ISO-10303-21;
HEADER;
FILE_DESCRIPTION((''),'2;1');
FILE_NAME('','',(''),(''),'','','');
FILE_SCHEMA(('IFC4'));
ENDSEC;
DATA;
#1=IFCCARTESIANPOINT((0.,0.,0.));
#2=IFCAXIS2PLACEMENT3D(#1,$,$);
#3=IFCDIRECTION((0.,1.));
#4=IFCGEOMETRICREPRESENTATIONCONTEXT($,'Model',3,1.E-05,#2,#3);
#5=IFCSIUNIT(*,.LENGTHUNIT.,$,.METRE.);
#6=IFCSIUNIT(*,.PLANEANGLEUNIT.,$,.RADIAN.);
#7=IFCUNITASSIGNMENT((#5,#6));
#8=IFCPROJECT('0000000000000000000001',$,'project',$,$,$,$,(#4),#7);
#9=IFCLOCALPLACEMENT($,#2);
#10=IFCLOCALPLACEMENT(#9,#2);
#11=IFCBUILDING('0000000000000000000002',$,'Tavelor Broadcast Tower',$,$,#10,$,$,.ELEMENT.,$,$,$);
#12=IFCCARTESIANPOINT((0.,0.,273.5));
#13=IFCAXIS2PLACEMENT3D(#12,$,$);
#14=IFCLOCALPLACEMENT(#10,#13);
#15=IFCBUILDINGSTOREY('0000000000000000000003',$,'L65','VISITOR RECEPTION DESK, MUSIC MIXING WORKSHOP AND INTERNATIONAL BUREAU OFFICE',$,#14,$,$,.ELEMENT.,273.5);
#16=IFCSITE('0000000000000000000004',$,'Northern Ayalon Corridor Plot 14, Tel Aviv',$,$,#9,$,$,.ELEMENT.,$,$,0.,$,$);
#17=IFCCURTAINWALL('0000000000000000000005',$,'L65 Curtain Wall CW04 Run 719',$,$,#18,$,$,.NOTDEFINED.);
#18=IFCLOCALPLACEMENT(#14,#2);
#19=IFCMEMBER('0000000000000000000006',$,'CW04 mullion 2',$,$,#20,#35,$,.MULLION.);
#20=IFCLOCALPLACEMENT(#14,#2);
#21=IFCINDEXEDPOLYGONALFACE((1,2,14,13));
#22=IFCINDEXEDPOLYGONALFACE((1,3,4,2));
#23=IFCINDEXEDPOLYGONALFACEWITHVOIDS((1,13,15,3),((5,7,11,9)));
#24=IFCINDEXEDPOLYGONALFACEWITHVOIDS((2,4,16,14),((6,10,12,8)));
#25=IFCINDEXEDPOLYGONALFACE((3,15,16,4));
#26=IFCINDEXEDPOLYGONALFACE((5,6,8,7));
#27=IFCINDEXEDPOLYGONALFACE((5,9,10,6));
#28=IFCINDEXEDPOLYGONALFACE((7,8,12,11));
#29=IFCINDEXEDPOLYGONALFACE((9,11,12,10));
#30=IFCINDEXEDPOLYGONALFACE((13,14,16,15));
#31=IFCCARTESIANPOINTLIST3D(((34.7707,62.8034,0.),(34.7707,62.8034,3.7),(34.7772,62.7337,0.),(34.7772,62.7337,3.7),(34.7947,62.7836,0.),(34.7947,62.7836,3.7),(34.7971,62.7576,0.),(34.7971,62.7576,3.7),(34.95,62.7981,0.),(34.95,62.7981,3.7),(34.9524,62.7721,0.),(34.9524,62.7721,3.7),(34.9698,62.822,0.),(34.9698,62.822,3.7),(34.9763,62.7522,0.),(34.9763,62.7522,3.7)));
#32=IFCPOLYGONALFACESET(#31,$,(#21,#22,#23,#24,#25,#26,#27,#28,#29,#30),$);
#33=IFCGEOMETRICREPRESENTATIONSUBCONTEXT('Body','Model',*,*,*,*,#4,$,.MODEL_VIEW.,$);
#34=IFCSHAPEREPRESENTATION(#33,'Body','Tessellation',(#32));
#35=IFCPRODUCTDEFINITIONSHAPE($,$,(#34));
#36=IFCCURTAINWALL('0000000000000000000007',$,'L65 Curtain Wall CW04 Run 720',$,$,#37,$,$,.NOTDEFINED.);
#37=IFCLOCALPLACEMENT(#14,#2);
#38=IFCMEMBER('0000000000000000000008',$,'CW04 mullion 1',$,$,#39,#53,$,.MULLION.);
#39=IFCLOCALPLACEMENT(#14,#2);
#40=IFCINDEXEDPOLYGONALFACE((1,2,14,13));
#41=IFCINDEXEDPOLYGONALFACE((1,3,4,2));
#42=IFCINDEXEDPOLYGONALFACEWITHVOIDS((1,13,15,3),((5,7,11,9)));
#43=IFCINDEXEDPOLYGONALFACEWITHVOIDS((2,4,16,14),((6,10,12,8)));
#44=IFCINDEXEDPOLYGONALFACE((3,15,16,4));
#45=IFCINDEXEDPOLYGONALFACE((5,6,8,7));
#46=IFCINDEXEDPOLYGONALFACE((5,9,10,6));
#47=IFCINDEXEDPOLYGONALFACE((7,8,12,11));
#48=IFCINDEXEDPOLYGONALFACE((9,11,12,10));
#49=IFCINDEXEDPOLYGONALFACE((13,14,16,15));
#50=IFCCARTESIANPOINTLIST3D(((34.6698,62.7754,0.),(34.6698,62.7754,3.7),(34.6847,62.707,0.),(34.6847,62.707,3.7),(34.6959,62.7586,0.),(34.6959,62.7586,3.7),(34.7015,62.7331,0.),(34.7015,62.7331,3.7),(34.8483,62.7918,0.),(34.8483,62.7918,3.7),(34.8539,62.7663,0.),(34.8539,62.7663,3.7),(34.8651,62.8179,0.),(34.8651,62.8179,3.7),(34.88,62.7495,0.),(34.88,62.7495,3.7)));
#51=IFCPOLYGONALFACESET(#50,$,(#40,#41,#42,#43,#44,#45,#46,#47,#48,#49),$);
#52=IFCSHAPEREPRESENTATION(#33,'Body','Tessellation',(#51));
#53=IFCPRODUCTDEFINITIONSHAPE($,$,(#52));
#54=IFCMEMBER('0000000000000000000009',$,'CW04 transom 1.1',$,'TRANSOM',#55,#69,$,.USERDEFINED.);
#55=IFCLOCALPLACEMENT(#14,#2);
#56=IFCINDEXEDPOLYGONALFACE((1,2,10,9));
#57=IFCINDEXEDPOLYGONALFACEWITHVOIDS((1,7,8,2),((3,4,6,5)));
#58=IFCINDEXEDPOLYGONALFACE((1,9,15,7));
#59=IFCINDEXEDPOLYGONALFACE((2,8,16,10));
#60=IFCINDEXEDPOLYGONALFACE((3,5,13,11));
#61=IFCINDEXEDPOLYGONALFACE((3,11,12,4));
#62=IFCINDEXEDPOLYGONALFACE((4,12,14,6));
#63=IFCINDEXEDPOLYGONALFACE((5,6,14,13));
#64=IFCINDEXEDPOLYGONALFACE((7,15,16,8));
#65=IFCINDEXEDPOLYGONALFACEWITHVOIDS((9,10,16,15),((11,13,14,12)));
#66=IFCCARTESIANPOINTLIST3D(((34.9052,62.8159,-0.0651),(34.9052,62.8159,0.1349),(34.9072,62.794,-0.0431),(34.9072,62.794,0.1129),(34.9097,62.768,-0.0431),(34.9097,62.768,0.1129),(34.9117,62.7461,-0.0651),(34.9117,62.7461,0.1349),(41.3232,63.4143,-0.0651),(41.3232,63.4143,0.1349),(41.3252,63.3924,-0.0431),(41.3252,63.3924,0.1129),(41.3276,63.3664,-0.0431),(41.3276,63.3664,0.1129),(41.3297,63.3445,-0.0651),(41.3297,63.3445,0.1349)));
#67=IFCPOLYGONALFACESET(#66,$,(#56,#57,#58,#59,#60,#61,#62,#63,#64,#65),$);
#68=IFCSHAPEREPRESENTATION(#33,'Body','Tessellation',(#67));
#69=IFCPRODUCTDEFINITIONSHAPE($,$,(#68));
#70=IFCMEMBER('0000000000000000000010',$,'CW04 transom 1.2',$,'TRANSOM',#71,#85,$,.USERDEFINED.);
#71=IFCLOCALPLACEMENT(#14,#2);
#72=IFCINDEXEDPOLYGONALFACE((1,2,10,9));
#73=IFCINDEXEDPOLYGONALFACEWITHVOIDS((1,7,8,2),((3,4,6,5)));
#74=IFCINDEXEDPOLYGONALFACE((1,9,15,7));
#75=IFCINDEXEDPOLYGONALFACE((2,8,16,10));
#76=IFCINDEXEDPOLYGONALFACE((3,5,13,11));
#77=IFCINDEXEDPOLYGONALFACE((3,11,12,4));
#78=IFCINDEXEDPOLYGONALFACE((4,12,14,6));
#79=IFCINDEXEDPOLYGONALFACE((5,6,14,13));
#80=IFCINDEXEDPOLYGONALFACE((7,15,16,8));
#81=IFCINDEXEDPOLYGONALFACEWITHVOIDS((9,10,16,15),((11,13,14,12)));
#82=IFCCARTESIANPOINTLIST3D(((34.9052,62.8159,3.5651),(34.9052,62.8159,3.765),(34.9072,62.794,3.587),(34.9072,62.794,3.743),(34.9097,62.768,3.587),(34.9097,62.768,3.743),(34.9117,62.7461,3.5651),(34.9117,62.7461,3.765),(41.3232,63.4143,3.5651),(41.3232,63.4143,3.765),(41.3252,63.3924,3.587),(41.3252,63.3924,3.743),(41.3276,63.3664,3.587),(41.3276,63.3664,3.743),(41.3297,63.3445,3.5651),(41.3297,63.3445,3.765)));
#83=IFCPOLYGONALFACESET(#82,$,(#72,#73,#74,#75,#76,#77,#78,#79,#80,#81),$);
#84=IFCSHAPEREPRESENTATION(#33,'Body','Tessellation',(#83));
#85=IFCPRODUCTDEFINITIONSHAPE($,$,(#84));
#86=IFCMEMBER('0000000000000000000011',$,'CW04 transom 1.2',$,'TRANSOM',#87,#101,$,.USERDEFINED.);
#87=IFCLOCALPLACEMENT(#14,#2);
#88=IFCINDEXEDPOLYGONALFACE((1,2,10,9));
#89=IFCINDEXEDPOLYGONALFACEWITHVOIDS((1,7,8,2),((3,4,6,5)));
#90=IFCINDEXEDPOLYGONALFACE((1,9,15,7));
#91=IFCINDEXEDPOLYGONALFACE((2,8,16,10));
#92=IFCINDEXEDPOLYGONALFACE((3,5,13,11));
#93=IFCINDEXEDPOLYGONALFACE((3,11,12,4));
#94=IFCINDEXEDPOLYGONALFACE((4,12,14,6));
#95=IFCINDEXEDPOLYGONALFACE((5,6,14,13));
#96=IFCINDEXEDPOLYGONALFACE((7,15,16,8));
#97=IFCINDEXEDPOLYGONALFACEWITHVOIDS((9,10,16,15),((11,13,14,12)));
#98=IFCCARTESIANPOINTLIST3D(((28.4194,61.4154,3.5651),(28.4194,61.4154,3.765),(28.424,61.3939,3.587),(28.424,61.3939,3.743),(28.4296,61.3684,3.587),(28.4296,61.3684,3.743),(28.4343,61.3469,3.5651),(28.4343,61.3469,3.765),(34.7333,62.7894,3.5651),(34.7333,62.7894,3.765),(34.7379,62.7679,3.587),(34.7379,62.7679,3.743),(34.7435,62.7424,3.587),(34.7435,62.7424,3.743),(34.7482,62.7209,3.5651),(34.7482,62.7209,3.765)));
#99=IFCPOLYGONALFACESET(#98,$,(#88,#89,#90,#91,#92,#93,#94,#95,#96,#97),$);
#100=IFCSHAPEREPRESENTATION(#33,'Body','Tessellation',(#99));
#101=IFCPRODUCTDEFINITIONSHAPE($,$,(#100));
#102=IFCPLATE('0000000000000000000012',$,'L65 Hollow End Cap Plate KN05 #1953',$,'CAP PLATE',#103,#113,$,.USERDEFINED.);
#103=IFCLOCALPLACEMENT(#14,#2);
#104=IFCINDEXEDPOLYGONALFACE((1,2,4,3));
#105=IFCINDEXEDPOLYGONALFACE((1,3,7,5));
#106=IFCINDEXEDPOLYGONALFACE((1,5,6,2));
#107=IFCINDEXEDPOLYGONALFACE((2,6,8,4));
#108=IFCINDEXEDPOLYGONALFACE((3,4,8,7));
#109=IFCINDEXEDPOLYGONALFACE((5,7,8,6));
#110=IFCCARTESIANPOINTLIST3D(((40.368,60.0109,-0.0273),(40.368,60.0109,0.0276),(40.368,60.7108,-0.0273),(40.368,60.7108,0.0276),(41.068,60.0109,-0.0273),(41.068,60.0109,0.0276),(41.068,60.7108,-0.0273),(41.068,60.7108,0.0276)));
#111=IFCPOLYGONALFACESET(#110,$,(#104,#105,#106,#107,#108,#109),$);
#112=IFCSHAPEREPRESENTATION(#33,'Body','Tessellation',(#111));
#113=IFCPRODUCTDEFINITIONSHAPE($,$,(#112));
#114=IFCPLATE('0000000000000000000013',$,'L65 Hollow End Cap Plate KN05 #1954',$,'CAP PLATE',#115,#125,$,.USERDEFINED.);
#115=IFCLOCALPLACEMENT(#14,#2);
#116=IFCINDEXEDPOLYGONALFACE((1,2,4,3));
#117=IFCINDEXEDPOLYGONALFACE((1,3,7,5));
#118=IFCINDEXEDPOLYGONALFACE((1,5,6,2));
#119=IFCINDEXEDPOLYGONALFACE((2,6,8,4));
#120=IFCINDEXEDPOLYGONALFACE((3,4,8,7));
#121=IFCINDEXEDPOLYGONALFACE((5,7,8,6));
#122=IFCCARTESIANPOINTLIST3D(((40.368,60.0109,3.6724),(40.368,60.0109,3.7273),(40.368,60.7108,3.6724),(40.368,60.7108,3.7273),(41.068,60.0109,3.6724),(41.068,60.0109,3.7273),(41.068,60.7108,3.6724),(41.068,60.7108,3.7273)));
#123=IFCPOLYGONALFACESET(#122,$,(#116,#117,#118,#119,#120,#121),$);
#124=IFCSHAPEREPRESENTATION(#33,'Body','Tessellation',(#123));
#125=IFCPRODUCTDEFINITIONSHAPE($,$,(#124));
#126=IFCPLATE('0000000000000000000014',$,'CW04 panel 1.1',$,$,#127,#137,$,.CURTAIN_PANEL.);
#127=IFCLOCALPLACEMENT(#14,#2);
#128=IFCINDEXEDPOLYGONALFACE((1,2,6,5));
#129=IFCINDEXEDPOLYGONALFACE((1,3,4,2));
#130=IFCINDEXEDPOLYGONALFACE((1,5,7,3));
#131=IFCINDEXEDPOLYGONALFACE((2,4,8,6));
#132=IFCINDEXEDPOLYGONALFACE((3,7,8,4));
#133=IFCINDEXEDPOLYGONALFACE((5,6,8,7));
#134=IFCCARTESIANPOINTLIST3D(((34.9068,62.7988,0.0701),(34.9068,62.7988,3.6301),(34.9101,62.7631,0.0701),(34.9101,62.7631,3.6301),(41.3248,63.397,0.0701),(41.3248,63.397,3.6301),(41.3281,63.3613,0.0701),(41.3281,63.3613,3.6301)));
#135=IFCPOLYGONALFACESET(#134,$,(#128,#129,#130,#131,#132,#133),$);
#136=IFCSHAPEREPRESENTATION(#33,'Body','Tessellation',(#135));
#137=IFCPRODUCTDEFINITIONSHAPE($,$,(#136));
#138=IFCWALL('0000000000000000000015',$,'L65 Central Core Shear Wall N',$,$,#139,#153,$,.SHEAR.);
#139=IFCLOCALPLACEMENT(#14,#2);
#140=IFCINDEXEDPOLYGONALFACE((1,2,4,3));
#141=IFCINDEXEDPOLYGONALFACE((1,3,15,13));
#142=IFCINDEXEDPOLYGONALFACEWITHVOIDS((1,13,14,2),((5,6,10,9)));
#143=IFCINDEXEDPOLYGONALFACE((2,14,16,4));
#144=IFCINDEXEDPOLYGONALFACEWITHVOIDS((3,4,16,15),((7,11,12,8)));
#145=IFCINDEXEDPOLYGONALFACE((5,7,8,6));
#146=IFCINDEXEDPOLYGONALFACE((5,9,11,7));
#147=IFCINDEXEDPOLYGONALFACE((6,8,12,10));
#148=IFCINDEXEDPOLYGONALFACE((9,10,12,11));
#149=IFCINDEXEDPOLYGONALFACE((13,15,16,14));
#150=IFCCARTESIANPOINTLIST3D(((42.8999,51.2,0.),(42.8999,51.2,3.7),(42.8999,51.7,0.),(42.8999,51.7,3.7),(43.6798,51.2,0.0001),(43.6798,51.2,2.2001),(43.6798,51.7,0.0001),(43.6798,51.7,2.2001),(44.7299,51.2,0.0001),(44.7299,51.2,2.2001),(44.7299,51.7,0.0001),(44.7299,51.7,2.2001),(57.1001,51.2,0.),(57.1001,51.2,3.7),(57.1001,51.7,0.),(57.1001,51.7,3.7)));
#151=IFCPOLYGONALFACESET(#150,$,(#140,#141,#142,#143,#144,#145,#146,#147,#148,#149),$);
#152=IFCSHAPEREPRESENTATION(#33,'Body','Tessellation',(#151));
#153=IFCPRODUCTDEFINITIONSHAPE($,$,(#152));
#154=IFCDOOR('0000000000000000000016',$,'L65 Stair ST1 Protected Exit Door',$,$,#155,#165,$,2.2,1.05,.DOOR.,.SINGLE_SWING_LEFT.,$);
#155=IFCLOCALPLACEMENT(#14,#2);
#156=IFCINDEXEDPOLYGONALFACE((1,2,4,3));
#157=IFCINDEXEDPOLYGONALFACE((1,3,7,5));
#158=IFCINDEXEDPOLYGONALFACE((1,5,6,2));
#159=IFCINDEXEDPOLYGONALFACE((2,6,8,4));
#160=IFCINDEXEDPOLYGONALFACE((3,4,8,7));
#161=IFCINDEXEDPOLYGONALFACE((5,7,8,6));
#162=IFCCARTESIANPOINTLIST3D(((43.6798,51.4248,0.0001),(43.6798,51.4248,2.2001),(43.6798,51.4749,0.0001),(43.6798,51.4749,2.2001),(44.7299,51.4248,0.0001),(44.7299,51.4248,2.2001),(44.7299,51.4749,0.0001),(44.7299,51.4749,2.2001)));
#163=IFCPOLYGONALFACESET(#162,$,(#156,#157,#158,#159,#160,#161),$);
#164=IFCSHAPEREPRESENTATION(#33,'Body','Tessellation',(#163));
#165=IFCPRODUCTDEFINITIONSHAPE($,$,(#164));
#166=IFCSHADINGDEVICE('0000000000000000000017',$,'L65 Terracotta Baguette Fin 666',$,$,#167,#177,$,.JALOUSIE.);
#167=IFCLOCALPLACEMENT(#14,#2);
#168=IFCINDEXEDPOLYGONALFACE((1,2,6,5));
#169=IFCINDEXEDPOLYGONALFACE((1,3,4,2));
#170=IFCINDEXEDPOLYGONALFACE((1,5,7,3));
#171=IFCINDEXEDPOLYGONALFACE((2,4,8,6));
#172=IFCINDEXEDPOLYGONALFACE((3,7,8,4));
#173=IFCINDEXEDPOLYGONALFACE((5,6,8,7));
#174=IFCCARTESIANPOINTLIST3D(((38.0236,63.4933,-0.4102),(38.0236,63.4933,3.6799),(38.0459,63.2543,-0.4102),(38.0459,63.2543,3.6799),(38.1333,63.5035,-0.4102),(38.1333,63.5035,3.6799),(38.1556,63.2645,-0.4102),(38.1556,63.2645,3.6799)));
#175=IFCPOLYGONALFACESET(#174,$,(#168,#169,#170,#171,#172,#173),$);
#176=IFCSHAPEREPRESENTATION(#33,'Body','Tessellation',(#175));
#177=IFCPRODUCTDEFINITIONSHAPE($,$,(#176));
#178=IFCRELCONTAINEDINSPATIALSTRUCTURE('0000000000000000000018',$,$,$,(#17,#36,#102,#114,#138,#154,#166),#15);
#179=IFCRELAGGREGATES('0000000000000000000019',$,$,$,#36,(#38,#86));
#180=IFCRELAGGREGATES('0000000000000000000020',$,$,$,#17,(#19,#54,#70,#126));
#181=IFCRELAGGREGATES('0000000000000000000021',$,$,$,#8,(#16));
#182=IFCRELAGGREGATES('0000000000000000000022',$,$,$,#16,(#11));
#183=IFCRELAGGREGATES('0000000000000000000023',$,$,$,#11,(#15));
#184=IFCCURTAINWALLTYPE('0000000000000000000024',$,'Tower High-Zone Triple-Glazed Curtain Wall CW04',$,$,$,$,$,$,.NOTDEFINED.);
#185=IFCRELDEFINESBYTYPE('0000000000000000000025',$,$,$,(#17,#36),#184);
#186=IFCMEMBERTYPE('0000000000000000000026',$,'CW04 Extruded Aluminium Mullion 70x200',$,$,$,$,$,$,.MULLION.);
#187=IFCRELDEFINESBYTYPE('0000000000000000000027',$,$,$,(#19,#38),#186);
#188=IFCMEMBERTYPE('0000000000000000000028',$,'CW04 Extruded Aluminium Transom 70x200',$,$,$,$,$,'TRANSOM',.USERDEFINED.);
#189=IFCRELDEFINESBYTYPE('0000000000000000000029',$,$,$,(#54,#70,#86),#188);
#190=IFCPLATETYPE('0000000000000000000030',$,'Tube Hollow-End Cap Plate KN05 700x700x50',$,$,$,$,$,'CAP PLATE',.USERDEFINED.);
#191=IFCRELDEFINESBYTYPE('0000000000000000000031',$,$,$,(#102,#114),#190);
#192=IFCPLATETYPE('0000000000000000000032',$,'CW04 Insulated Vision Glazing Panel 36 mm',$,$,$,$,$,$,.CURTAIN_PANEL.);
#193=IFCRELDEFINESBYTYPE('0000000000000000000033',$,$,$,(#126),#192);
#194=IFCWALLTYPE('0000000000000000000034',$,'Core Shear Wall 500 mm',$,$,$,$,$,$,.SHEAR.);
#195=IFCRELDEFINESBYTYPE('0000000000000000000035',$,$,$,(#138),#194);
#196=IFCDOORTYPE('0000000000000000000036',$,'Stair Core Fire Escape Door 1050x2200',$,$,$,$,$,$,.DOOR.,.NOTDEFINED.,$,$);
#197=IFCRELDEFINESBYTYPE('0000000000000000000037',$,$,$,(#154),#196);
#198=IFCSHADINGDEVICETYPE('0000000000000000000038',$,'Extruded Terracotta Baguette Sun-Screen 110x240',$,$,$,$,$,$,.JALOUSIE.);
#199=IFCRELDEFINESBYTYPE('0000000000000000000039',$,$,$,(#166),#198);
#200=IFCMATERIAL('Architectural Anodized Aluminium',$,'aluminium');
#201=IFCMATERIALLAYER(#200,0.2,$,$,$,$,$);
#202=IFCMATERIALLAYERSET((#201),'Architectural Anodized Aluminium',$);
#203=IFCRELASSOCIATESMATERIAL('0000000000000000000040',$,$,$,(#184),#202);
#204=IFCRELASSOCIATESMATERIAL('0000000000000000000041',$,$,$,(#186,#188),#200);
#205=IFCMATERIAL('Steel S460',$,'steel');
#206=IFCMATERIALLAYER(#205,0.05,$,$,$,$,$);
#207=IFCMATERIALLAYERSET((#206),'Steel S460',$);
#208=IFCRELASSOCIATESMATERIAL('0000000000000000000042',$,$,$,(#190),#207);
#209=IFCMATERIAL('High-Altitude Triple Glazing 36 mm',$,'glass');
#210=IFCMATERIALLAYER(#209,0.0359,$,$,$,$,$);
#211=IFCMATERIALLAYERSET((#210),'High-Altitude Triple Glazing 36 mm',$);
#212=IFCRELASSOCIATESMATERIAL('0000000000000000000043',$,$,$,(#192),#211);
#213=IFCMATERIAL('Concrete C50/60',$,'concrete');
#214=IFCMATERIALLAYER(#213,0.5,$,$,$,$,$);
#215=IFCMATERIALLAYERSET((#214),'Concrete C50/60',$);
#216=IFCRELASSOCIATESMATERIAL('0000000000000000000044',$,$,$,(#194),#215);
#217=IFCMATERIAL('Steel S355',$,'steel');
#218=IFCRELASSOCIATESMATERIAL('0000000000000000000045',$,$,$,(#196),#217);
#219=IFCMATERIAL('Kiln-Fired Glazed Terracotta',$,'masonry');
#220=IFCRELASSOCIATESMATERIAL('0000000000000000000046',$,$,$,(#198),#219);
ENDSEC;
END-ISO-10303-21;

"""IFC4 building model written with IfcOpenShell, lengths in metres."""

from ifc_helpers import new_model, si_unit, direction, frame, frame_2d, origin, origin_2d, place, context, subcontext, project, spatial, rectangle, hollow_rectangle, extrude, source, transform, mapped, material, layer, layer_set, material_profile, profile_set, type_object, type_shapes, element, fill, aggregate, save


model = new_model("IFC4")

# Units and contexts
model_context = context("Model", 3, precision=1e-05, world=origin(), true_north=direction((0.0, 1.0)))
body_context = subcontext(model_context, "Body", "Model", "MODEL_VIEW")
ifc_project = project(units=[si_unit("LENGTHUNIT", "METRE"), si_unit("PLANEANGLEUNIT", "RADIAN")], contexts=[model_context])

# Site, building, storey
site_placement = place(None, origin())
site = spatial("IfcSite", under=ifc_project, at=site_placement, Name="Northern Ayalon Corridor Plot 14, Tel Aviv", CompositionType="ELEMENT", RefElevation=0.0)
building_placement = place(site_placement, origin())
building = spatial("IfcBuilding", under=site, at=building_placement, Name="Tavelor Broadcast Tower", CompositionType="ELEMENT")
storey_placement = place(building_placement, frame((0.0, 0.0, 273.5)))
storey = spatial("IfcBuildingStorey", under=building, at=storey_placement, Name="L65", Description="VISITOR RECEPTION DESK, MUSIC MIXING WORKSHOP AND INTERNATIONAL BUREAU OFFICE", CompositionType="ELEMENT", Elevation=273.5)

# Shared definitions
ifc_material_1 = material(Name="Steel S460", Category="steel")

# Shared definitions
ifc_material_2 = material(Name="Steel S355", Category="steel")

# Shared definitions
ifc_material_3 = material(Name="Architectural Anodized Aluminium", Category="aluminium")
ifc_layer_1 = layer(ifc_material_3, 0.2)
ifc_layer_set_1 = layer_set([ifc_layer_1], Name="Architectural Anodized Aluminium")
curtain_wall_type = type_object("IfcCurtainWallType", Name="Tower High-Zone Triple-Glazed Curtain Wall CW04", PredefinedType="NOTDEFINED", material=ifc_layer_set_1)
ifc_material_profile_1 = material_profile(ifc_material_3, hollow_rectangle(XDim=0.0701, YDim=0.2, WallThickness=0.022, at=origin_2d()), Name="RHS 70x200x22")
ifc_profile_set_1 = profile_set([ifc_material_profile_1], Name="Architectural Anodized Aluminium")
member_type_1 = type_object("IfcMemberType", Name="CW04 Extruded Aluminium Mullion 70x200", PredefinedType="MULLION", material=ifc_profile_set_1)
shared_shape_1 = source(origin(), body_context, "Body", "SweptSolid", [
    extrude(hollow_rectangle(XDim=0.0701, YDim=0.2, WallThickness=0.022, at=origin_2d()), origin(), (0.0, 0.0, 1.0), 3.7),
])
type_shapes(member_type_1, [shared_shape_1])

# Curtain wall, member
curtain_wall_1_placement = place(storey_placement, origin())
curtain_wall_1 = element("IfcCurtainWall", 1, at=curtain_wall_1_placement, inside=storey, type_object=curtain_wall_type, Name="L65 Curtain Wall CW04 Run 719", PredefinedType="NOTDEFINED")
member_1_placement = place(storey_placement, frame((34.8735, 62.7778, 0.0), z_axis=(0.0, 0.0, 1.0), x_axis=(0.092804, -0.995684, 0.0)))
member_1 = element("IfcMember", 2, at=member_1_placement, type_object=member_type_1, Name="CW04 mullion 2", PredefinedType="MULLION", context=body_context, shape_type="MappedRepresentation", body=[
    mapped(shared_shape_1, transform((0.0, 0.0, 0.0), scale=1.0)),
])

# Curtain wall, member
curtain_wall_2_placement = place(storey_placement, origin())
curtain_wall_2 = element("IfcCurtainWall", 3, at=curtain_wall_2_placement, inside=storey, type_object=curtain_wall_type, Name="L65 Curtain Wall CW04 Run 720", PredefinedType="NOTDEFINED")
member_2_placement = place(storey_placement, frame((34.7749, 62.7625, 0.0), z_axis=(0.0, 0.0, 1.0), x_axis=(0.212625, -0.977134, 0.0)))
member_2 = element("IfcMember", 4, at=member_2_placement, type_object=member_type_1, Name="CW04 mullion 1", PredefinedType="MULLION", context=body_context, shape_type="MappedRepresentation", body=[
    mapped(shared_shape_1, transform((0.0, 0.0, 0.0), scale=1.0)),
])

# Members
ifc_material_profile_2 = material_profile(ifc_material_3, hollow_rectangle(XDim=0.0701, YDim=0.2, WallThickness=0.022, at=origin_2d()), Name="RHS 70x200x22")
ifc_profile_set_2 = profile_set([ifc_material_profile_2], Name="Architectural Anodized Aluminium")
member_type_2 = type_object("IfcMemberType", Name="CW04 Extruded Aluminium Transom 70x200", ElementType="TRANSOM", PredefinedType="USERDEFINED", material=ifc_profile_set_2)
shared_shape_2 = source(origin(), body_context, "Body", "SweptSolid", [
    extrude(hollow_rectangle(XDim=0.0701, YDim=0.2, WallThickness=0.022, at=origin_2d()), origin(), (0.0, 0.0, 1.0), 6.4458),
])
member_3_placement = place(storey_placement, frame((41.3264, 63.3794, 0.0349), z_axis=(-0.995682, -0.092834, 0.0), x_axis=(0.092834, -0.995682, 0.0)))
member_3 = element("IfcMember", 5, at=member_3_placement, type_object=member_type_2, Name="CW04 transom 1.1", ObjectType="TRANSOM", PredefinedType="USERDEFINED", context=body_context, shape_type="MappedRepresentation", body=[
    mapped(shared_shape_2, transform((0.0, 0.0, 0.0), scale=1.0)),
])
member_4_placement = place(storey_placement, frame((41.3264, 63.3794, 3.665), z_axis=(-0.995682, -0.092834, 0.0), x_axis=(0.092834, -0.995682, 0.0)))
member_4 = element("IfcMember", 6, at=member_4_placement, type_object=member_type_2, Name="CW04 transom 1.2", ObjectType="TRANSOM", PredefinedType="USERDEFINED", context=body_context, shape_type="MappedRepresentation", body=[
    mapped(shared_shape_2, transform((0.0, 0.0, 0.0), scale=1.0)),
])
shared_shape_3 = source(origin(), body_context, "Body", "SweptSolid", [
    extrude(hollow_rectangle(XDim=0.0701, YDim=0.2, WallThickness=0.022, at=origin_2d()), origin(), (0.0, 0.0, 1.0), 6.4617),
])
type_shapes(member_type_2, [shared_shape_2, shared_shape_3])
member_5_placement = place(storey_placement, frame((34.7407, 62.7551, 3.665), z_axis=(-0.977131, -0.21264, 0.0), x_axis=(0.21264, -0.977131, 0.0)))
member_5 = element("IfcMember", 7, at=member_5_placement, type_object=member_type_2, Name="CW04 transom 1.2", ObjectType="TRANSOM", PredefinedType="USERDEFINED", context=body_context, shape_type="MappedRepresentation", body=[
    mapped(shared_shape_3, transform((0.0, 0.0, 0.0), scale=1.0)),
])
aggregate(curtain_wall_2, [member_2, member_5])

# Plates
ifc_layer_2 = layer(ifc_material_1, 0.05)
ifc_layer_set_2 = layer_set([ifc_layer_2], Name="Steel S460")
plate_type_1 = type_object("IfcPlateType", Name="Tube Hollow-End Cap Plate KN05 700x700x50", ElementType="CAP PLATE", PredefinedType="USERDEFINED", material=ifc_layer_set_2)
shared_shape_4 = source(origin(), body_context, "Body", "SweptSolid", [
    extrude(rectangle(XDim=0.7, YDim=0.7, at=origin_2d()), origin(), (0.0, 0.0, 1.0), 0.0549),
])
type_shapes(plate_type_1, [shared_shape_4])
for number, where, z_axis, x_axis, name in (
    (8, (40.718, 60.3608, -0.0273), (0.0, 0.0, 1.0), (1.0, 0.0, 0.0), "L65 Hollow End Cap Plate KN05 #1953"),
    (9, (40.718, 60.3608, 3.6724), (0.0, 0.0, 1.0), (1.0, 0.0, 0.0), "L65 Hollow End Cap Plate KN05 #1954"),
):
    element("IfcPlate", number, at=place(storey_placement, frame(where, z_axis=z_axis, x_axis=x_axis)), inside=storey, type_object=plate_type_1, Name=name, ObjectType="CAP PLATE", PredefinedType="USERDEFINED", context=body_context, shape_type="MappedRepresentation", body=[
        mapped(shared_shape_4, transform((0.0, 0.0, 0.0), scale=1.0)),
    ])

# Plate
ifc_material_4 = material(Name="High-Altitude Triple Glazing 36 mm", Category="glass")
ifc_layer_3 = layer(ifc_material_4, 0.0359)
ifc_layer_set_3 = layer_set([ifc_layer_3], Name="High-Altitude Triple Glazing 36 mm")
plate_type_2 = type_object("IfcPlateType", Name="CW04 Insulated Vision Glazing Panel 36 mm", PredefinedType="CURTAIN_PANEL", material=ifc_layer_set_3)
shared_shape_5 = source(origin(), body_context, "Body", "SweptSolid", [
    extrude(rectangle(XDim=6.4458, YDim=0.0359, at=origin_2d()), origin(), (0.0, 0.0, 1.0), 3.5601),
])
type_shapes(plate_type_2, [shared_shape_5])
plate_placement = place(storey_placement, frame((38.1174, 63.0801, 0.0701), z_axis=(0.0, 0.0, 1.0), x_axis=(-0.995684, -0.092804, 0.0)))
plate = element("IfcPlate", 10, at=plate_placement, type_object=plate_type_2, Name="CW04 panel 1.1", PredefinedType="CURTAIN_PANEL", context=body_context, shape_type="MappedRepresentation", body=[
    mapped(shared_shape_5, transform((0.0, 0.0, 0.0), scale=1.0)),
])
aggregate(curtain_wall_1, [member_1, member_3, member_4, plate])

# Wall, opening, door
ifc_material_5 = material(Name="Concrete C50/60", Category="concrete")
ifc_layer_4 = layer(ifc_material_5, 0.5)
ifc_layer_set_4 = layer_set([ifc_layer_4], Name="Concrete C50/60")
wall_type = type_object("IfcWallType", Name="Core Shear Wall 500 mm", PredefinedType="SHEAR", material=ifc_layer_set_4)
wall_placement = place(storey_placement, frame((42.8999, 51.45, 0.0), z_axis=(0.0, 0.0, 1.0), x_axis=(1.0, 0.0, 0.0)))
wall = element("IfcWall", 11, at=wall_placement, inside=storey, type_object=wall_type, Name="L65 Central Core Shear Wall N", PredefinedType="SHEAR", context=body_context, shape_type="SweptSolid", body=[
    extrude(rectangle(XDim=14.2002, YDim=0.5, at=frame_2d((7.1001, 0.0))), origin(), (0.0, 0.0, 1.0), 3.7),
])
opening_placement = place(wall_placement, frame((0.78, 0.0, 0.0)))
opening = element("IfcOpeningElement", 12, at=opening_placement, cuts=wall, PredefinedType="OPENING", context=body_context, shape_type="SweptSolid", body=[
    extrude(rectangle(XDim=1.05, YDim=2.2, at=frame_2d((0.5249, 1.1001))), frame((0.0, 0.26, 0.0), z_axis=(0.0, -1.0, 0.0), x_axis=(1.0, 0.0, 0.0)), (0.0, 0.0, 1.0), 0.52),
])
door_type = type_object("IfcDoorType", Name="Stair Core Fire Escape Door 1050x2200", OperationType="NOTDEFINED", PredefinedType="DOOR", material=ifc_material_2)
door_placement = place(opening_placement, origin())
door = element("IfcDoor", 13, at=door_placement, inside=storey, type_object=door_type, Name="L65 Stair ST1 Protected Exit Door", OperationType="SINGLE_SWING_LEFT", OverallHeight=2.2, OverallWidth=1.05, PredefinedType="DOOR", context=body_context, shape_type="SweptSolid", body=[
    extrude(rectangle(XDim=1.05, YDim=2.2, at=frame_2d((0.5249, 1.1001))), frame((0.0, 0.0249, 0.0), z_axis=(0.0, -1.0, 0.0), x_axis=(1.0, 0.0, 0.0)), (0.0, 0.0, 1.0), 0.05),
])
fill(opening, door)

# Shading device
ifc_material_6 = material(Name="Kiln-Fired Glazed Terracotta", Category="masonry")
shading_device_type = type_object("IfcShadingDeviceType", Name="Extruded Terracotta Baguette Sun-Screen 110x240", PredefinedType="JALOUSIE", material=ifc_material_6)
shared_shape_6 = source(origin(), body_context, "Body", "SweptSolid", [
    extrude(rectangle(XDim=0.1101, YDim=0.24, at=origin_2d()), origin(), (0.0, 0.0, 1.0), 4.0901),
])
type_shapes(shading_device_type, [shared_shape_6])
shading_device_placement = place(storey_placement, frame((38.0896, 63.3789, -0.4102), z_axis=(0.0, 0.0, 1.0), x_axis=(-0.995676, -0.092892, 0.0)))
element("IfcShadingDevice", 14, at=shading_device_placement, inside=storey, type_object=shading_device_type, Name="L65 Terracotta Baguette Fin 666", PredefinedType="JALOUSIE", context=body_context, shape_type="MappedRepresentation", body=[
    mapped(shared_shape_6, transform((0.0, 0.0, 0.0), scale=1.0)),
])

save(model, "model.ifc")
